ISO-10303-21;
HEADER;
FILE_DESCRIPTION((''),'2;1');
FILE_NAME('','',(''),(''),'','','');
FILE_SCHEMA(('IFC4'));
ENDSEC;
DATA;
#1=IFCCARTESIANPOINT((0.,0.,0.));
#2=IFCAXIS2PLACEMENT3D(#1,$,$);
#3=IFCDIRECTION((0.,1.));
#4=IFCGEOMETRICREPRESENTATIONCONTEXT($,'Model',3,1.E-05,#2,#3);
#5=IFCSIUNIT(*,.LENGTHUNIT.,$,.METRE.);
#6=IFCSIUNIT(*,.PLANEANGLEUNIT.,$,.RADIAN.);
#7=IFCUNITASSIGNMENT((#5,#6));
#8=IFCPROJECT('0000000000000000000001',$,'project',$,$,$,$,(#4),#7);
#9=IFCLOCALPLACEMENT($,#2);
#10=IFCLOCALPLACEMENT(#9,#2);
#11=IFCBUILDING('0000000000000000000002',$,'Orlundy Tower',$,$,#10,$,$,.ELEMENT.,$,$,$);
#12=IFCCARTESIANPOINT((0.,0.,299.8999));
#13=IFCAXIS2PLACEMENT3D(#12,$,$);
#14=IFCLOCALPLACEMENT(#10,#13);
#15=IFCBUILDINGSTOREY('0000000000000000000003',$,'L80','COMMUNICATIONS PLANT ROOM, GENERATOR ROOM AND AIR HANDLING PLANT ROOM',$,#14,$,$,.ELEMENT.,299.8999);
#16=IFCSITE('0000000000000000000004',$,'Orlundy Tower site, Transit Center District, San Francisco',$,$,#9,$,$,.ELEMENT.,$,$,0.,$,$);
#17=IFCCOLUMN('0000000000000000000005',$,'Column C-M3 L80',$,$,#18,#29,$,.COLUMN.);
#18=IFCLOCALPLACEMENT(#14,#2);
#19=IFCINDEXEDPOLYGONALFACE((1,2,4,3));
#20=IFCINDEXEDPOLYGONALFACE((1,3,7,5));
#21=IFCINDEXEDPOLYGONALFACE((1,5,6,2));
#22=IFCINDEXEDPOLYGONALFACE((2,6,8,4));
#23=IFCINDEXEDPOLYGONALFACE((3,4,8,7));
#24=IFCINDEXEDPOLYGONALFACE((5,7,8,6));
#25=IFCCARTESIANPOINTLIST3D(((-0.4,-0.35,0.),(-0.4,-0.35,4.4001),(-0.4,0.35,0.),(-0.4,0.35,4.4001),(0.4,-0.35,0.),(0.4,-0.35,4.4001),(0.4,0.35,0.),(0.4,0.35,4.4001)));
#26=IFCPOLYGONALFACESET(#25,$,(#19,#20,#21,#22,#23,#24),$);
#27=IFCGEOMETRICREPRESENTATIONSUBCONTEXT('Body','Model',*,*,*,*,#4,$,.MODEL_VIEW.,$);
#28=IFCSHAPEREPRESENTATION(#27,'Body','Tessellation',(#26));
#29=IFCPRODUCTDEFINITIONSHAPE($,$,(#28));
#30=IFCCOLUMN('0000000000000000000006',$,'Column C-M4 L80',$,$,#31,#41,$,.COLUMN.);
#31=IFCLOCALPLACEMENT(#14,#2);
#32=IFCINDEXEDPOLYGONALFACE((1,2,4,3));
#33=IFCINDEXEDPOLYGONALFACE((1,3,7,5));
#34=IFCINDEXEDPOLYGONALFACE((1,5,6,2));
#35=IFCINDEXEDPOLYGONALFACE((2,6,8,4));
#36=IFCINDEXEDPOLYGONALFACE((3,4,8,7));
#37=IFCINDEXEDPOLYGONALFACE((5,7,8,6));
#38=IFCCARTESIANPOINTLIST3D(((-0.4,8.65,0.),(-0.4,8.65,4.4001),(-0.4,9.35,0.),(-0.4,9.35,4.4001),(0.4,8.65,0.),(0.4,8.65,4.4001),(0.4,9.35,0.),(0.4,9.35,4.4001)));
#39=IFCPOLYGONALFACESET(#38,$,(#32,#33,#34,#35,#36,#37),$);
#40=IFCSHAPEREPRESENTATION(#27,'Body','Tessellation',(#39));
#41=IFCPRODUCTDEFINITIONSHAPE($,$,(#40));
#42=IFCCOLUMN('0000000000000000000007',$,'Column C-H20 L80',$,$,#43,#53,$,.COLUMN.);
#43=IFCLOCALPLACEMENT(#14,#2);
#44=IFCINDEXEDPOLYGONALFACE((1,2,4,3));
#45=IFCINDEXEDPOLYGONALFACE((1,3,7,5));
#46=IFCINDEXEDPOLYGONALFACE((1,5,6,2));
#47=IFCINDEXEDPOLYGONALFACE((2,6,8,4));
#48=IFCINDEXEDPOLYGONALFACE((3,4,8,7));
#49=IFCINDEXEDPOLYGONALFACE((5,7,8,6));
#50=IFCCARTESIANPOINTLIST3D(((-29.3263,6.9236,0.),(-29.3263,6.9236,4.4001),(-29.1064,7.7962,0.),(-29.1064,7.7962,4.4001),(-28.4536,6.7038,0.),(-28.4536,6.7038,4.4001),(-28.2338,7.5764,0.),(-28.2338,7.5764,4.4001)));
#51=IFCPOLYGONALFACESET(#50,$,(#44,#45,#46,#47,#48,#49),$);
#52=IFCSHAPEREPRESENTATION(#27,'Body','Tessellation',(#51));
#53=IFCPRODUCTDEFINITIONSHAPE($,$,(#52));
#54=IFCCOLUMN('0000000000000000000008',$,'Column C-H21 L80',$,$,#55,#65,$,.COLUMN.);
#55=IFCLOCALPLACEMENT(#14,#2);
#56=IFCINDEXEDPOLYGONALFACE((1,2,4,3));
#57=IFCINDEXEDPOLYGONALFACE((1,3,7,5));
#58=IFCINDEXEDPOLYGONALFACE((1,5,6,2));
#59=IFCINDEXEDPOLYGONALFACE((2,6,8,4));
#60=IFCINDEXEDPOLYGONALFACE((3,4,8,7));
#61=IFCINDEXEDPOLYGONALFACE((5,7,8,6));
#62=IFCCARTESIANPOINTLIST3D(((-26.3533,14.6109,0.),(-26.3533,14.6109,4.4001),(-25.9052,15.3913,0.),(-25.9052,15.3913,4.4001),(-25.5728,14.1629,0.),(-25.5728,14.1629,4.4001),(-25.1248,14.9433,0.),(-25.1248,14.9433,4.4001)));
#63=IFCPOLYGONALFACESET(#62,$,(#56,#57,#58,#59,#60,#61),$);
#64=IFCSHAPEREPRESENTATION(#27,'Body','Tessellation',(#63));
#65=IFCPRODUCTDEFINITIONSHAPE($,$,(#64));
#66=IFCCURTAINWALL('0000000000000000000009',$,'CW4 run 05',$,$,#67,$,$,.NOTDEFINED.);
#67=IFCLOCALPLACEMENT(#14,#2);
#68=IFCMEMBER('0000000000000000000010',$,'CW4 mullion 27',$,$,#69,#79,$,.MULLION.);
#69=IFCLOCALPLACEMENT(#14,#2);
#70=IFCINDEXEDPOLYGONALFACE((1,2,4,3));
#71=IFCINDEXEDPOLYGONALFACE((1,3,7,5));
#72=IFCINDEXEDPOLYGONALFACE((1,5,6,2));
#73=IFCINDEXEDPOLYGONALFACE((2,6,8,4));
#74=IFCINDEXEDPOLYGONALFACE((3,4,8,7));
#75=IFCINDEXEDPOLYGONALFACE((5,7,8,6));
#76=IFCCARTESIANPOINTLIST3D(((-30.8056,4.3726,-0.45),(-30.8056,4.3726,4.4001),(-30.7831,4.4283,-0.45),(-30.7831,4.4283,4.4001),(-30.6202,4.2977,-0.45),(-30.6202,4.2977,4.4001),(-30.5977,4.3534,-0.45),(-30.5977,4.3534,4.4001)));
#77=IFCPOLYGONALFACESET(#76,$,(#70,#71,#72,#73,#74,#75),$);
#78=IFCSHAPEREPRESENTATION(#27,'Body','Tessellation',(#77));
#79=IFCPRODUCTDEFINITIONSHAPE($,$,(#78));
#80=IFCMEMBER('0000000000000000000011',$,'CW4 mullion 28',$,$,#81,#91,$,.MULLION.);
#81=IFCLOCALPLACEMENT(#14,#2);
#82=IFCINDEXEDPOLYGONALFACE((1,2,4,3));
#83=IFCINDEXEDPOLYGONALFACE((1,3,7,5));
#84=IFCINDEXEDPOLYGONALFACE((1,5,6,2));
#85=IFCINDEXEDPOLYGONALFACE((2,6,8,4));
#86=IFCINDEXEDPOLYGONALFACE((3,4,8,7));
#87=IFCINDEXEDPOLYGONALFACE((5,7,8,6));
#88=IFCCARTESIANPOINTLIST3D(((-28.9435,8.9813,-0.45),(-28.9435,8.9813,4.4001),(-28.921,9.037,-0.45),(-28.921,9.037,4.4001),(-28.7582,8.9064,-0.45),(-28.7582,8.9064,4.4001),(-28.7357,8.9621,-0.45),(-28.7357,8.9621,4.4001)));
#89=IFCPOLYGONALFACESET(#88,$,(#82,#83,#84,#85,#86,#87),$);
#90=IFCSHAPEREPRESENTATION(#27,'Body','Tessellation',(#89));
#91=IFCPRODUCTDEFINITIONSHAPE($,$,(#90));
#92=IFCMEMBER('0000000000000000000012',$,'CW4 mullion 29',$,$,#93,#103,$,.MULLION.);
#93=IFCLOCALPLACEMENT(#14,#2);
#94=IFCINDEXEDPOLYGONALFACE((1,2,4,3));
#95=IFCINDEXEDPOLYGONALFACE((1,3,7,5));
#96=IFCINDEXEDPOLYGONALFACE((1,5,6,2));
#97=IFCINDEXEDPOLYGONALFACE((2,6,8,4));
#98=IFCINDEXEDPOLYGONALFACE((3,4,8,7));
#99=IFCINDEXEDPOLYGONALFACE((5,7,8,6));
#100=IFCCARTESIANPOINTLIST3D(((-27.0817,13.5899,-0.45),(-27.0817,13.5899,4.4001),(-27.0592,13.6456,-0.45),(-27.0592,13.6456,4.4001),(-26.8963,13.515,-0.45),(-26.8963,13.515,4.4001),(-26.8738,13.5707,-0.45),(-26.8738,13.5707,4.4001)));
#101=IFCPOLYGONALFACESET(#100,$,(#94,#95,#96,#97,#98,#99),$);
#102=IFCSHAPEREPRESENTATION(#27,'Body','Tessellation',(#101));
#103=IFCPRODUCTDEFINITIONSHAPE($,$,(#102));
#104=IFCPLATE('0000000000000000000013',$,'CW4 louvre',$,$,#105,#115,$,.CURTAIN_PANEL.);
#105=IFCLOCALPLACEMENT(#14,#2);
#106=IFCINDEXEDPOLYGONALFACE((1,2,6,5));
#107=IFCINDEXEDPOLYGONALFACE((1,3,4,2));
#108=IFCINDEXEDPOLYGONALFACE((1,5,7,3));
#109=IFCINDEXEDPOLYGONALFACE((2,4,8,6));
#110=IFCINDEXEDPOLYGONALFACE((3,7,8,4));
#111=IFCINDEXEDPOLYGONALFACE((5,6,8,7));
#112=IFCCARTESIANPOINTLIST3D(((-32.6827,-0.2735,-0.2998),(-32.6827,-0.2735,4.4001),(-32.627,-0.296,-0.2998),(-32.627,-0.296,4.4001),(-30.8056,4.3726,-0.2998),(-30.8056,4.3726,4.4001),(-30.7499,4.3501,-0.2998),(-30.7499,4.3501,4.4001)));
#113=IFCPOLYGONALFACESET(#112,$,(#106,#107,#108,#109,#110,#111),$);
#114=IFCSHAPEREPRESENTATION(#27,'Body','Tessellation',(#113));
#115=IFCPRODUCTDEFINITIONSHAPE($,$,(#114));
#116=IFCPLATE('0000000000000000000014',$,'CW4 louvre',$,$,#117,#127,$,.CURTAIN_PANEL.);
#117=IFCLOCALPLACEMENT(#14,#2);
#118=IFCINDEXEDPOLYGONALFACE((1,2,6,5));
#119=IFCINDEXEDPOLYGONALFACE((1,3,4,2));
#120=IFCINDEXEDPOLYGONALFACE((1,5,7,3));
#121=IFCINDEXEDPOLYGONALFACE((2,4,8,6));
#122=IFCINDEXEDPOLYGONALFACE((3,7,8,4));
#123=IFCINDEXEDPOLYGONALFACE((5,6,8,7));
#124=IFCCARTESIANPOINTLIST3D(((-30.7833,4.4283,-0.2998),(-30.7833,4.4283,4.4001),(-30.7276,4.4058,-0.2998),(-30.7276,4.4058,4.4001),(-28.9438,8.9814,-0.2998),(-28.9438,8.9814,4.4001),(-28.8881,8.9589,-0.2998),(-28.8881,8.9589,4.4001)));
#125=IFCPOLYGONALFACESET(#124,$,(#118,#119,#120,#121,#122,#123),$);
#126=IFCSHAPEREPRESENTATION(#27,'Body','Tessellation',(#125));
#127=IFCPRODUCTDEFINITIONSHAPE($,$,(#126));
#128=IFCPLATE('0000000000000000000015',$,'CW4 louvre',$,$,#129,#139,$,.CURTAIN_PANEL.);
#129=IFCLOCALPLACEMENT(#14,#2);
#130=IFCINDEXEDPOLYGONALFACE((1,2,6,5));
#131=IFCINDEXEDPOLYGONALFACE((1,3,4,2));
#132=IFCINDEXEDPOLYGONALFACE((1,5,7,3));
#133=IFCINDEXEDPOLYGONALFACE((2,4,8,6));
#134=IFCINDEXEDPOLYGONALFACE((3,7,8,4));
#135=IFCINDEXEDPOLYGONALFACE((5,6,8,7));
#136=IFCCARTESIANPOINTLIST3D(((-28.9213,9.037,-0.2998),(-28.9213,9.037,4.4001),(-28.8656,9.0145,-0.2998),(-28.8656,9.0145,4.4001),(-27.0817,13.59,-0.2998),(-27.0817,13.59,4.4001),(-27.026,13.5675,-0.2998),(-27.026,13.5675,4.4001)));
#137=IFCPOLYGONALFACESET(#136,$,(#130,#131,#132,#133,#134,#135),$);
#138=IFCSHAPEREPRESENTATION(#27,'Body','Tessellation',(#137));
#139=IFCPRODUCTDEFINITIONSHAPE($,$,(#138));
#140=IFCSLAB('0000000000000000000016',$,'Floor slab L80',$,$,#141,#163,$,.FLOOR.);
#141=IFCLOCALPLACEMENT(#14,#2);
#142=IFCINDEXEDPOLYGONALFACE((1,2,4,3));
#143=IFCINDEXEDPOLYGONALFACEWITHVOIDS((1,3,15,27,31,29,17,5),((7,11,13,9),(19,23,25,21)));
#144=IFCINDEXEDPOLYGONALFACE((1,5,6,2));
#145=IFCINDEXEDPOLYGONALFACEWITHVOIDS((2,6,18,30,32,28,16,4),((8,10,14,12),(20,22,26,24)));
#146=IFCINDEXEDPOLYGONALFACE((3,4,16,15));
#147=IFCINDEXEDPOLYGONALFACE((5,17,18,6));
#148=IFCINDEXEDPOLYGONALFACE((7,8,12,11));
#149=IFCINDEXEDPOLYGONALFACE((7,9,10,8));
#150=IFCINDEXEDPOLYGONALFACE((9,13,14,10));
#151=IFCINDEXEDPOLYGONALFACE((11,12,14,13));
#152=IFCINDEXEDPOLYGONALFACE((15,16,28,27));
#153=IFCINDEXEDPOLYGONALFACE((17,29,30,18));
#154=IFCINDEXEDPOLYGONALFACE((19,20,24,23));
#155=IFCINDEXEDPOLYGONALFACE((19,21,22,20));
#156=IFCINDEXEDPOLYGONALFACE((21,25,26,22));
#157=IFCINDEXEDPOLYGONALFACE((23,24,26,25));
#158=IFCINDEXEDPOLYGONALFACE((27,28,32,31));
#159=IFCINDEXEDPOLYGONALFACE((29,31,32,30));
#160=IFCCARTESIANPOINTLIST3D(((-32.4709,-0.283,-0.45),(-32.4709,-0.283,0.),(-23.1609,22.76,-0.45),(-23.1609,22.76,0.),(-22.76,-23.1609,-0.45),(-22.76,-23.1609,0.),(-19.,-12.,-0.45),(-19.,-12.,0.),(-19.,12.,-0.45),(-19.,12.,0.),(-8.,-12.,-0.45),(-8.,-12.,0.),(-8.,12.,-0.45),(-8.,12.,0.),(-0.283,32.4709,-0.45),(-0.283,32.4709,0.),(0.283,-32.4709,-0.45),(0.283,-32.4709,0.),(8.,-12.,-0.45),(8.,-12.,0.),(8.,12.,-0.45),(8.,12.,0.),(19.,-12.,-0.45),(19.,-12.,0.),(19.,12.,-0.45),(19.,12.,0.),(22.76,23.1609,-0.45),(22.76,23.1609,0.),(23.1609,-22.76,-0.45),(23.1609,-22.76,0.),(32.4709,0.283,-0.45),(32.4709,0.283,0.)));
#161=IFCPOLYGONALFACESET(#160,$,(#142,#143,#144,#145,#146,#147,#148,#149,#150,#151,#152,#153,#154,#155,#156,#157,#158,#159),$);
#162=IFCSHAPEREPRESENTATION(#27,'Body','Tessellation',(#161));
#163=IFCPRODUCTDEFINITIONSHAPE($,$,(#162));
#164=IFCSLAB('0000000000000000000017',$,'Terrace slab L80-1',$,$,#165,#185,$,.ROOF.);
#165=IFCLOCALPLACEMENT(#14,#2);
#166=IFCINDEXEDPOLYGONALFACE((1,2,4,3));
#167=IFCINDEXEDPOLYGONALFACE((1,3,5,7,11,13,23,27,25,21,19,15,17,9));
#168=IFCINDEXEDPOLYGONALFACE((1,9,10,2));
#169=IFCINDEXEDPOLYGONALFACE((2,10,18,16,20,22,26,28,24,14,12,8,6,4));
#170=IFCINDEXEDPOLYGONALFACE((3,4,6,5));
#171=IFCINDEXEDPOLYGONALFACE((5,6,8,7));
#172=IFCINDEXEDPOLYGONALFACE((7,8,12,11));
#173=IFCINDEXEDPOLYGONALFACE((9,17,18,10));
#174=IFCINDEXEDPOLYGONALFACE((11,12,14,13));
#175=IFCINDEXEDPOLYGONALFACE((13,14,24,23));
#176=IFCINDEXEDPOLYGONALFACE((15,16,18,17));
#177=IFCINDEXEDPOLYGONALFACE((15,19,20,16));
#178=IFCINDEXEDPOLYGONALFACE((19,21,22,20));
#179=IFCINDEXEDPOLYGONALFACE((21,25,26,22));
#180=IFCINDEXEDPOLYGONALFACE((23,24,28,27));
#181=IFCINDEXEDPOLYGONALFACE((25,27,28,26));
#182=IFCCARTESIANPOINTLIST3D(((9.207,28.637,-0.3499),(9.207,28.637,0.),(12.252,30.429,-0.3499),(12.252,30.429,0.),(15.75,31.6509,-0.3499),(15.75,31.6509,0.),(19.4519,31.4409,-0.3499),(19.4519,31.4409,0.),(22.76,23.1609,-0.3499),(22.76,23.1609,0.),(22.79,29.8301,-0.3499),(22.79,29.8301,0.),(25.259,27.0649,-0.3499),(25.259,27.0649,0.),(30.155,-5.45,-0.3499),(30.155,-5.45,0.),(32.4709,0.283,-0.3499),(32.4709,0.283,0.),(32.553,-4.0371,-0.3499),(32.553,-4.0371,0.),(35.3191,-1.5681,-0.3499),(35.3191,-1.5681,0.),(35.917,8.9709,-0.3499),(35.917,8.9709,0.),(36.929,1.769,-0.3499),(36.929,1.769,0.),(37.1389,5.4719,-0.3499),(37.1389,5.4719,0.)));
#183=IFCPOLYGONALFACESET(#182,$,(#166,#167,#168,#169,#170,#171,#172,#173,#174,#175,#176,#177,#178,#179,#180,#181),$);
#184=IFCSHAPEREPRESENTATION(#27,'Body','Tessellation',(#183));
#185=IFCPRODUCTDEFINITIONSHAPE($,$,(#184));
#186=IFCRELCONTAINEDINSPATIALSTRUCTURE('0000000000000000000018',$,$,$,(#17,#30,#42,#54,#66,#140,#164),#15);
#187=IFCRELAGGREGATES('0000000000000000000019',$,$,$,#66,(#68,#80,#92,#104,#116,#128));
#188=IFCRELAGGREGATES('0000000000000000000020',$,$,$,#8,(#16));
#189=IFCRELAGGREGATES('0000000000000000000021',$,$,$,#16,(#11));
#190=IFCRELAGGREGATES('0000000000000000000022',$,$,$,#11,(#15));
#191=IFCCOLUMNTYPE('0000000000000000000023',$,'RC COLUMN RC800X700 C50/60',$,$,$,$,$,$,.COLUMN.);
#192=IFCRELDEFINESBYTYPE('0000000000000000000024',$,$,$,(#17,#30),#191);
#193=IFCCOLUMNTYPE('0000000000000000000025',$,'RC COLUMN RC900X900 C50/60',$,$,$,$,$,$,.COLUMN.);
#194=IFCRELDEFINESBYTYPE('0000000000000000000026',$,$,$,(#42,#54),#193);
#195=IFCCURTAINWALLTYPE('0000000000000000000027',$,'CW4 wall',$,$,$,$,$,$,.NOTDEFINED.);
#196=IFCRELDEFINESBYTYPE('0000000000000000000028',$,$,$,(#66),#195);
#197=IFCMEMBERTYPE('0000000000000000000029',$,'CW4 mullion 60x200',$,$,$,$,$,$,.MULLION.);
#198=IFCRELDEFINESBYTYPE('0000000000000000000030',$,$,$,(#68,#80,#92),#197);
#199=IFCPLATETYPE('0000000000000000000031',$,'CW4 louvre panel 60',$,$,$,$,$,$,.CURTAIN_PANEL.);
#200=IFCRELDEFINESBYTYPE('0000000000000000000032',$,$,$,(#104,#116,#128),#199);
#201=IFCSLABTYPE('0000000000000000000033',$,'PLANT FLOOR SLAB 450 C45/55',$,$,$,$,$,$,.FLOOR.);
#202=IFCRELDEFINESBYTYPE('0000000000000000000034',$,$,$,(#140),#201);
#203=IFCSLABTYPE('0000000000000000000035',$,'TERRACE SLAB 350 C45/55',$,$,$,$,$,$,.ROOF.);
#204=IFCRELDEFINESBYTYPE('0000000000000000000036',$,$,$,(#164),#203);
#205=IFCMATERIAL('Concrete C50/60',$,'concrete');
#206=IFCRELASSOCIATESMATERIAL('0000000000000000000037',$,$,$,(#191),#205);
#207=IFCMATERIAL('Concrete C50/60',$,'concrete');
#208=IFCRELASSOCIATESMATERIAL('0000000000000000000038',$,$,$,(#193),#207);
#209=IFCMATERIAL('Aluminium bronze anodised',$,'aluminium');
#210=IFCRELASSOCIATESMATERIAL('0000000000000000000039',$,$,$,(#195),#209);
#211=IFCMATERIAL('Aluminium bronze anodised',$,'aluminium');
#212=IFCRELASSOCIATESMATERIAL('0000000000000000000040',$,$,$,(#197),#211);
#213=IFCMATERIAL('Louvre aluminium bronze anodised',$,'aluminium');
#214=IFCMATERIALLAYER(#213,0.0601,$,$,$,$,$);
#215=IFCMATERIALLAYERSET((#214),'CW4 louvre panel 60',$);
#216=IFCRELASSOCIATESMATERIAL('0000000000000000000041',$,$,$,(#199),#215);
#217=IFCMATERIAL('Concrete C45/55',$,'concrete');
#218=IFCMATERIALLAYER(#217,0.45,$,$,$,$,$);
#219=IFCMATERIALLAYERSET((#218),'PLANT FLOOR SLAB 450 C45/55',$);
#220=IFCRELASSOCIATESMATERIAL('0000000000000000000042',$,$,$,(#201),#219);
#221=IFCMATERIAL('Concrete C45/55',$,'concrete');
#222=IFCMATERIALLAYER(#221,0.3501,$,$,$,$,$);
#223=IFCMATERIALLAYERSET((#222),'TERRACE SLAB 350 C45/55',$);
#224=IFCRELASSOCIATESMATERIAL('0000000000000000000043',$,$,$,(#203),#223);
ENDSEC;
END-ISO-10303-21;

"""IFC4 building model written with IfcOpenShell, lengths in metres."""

from ifc_helpers import new_model, si_unit, direction, frame, origin, origin_2d, place, context, subcontext, project, spatial, polyline, rectangle, outline, extrude, material, layer, layer_set, material_profile, profile_set, type_object, element, aggregate, save


model = new_model("IFC4")

# Units and contexts
model_context = context("Model", 3, precision=1e-05, world=origin(), true_north=direction((0.0, 1.0)))
body_context = subcontext(model_context, "Body", "Model", "MODEL_VIEW")
ifc_project = project(units=[si_unit("LENGTHUNIT", "METRE"), si_unit("PLANEANGLEUNIT", "RADIAN")], contexts=[model_context])

# Site, building, storey
site_placement = place(None, origin())
site = spatial("IfcSite", under=ifc_project, at=site_placement, Name="Orlundy Tower site, Transit Center District, San Francisco", CompositionType="ELEMENT", RefElevation=0.0)
building_placement = place(site_placement, origin())
building = spatial("IfcBuilding", under=site, at=building_placement, Name="Orlundy Tower", CompositionType="ELEMENT")
storey_placement = place(building_placement, frame((0.0, 0.0, 299.8999)))
storey = spatial("IfcBuildingStorey", under=building, at=storey_placement, Name="L80", Description="COMMUNICATIONS PLANT ROOM, GENERATOR ROOM AND AIR HANDLING PLANT ROOM", CompositionType="ELEMENT", Elevation=299.8999)

# Columns
ifc_material_1 = material(Name="Concrete C50/60", Category="concrete")
ifc_material_profile_1 = material_profile(ifc_material_1, rectangle(XDim=0.8, YDim=0.7, at=origin_2d()), Name="RC800X700")
ifc_profile_set_1 = profile_set([ifc_material_profile_1], Name="Concrete C50/60")
column_type_1 = type_object("IfcColumnType", Name="RC COLUMN RC800X700 C50/60", PredefinedType="COLUMN", material=ifc_profile_set_1)
for number, where, z_axis, x_axis, name in (
    (1, (0.0, 0.0, 0.0), (0.0, 0.0, 1.0), (1.0, 0.0, 0.0), "Column C-M3 L80"),
    (2, (0.0, 9.0, 0.0), (0.0, 0.0, 1.0), (1.0, 0.0, 0.0), "Column C-M4 L80"),
):
    element("IfcColumn", number, at=place(storey_placement, frame(where, z_axis=z_axis, x_axis=x_axis)), inside=storey, type_object=column_type_1, Name=name, PredefinedType="COLUMN", context=body_context, shape_type="SweptSolid", body=[
        extrude(rectangle(XDim=0.8, YDim=0.7, at=origin_2d()), origin(), (0.0, 0.0, 1.0), 4.4001),
    ])
ifc_material_2 = material(Name="Concrete C50/60", Category="concrete")
ifc_material_profile_2 = material_profile(ifc_material_2, rectangle(XDim=0.8999, YDim=0.8999, at=origin_2d()), Name="RC900X900")
ifc_profile_set_2 = profile_set([ifc_material_profile_2], Name="Concrete C50/60")
column_type_2 = type_object("IfcColumnType", Name="RC COLUMN RC900X900 C50/60", PredefinedType="COLUMN", material=ifc_profile_set_2)
for number, where, z_axis, x_axis, name in (
    (3, (-28.78, 7.25, 0.0), (0.0, 0.0, 1.0), (-0.969706, 0.244275, 0.0), "Column C-H20 L80"),
    (4, (-25.739, 14.7771, 0.0), (0.0, 0.0, 1.0), (-0.867236, 0.497898, 0.0), "Column C-H21 L80"),
):
    element("IfcColumn", number, at=place(storey_placement, frame(where, z_axis=z_axis, x_axis=x_axis)), inside=storey, type_object=column_type_2, Name=name, PredefinedType="COLUMN", context=body_context, shape_type="SweptSolid", body=[
        extrude(rectangle(XDim=0.8999, YDim=0.8999, at=origin_2d()), origin(), (0.0, 0.0, 1.0), 4.4001),
    ])

# Curtain wall, members, plates
ifc_material_3 = material(Name="Aluminium bronze anodised", Category="aluminium")
curtain_wall_type = type_object("IfcCurtainWallType", Name="CW4 wall", PredefinedType="NOTDEFINED", material=ifc_material_3)
curtain_wall_placement = place(storey_placement, origin())
curtain_wall = element("IfcCurtainWall", 5, at=curtain_wall_placement, inside=storey, type_object=curtain_wall_type, Name="CW4 run 05", PredefinedType="NOTDEFINED")
ifc_material_4 = material(Name="Aluminium bronze anodised", Category="aluminium")
ifc_material_profile_3 = material_profile(ifc_material_4, rectangle(XDim=0.2, YDim=0.0601, at=origin_2d()), Name="CW4 mullion 60x200")
ifc_profile_set_3 = profile_set([ifc_material_profile_3], Name="Aluminium bronze anodised")
member_type = type_object("IfcMemberType", Name="CW4 mullion 60x200", PredefinedType="MULLION", material=ifc_profile_set_3)
member_1_placement = place(storey_placement, frame((-30.7017, 4.363, -0.45), z_axis=(0.0, 0.0, 1.0), x_axis=(-0.927184, 0.374607, 0.0)))
member_1 = element("IfcMember", 6, at=member_1_placement, type_object=member_type, Name="CW4 mullion 27", PredefinedType="MULLION", context=body_context, shape_type="SweptSolid", body=[
    extrude(rectangle(XDim=0.2, YDim=0.0601, at=origin_2d()), origin(), (0.0, 0.0, 1.0), 4.8501),
])
member_2_placement = place(storey_placement, frame((-28.8396, 8.9717, -0.45), z_axis=(0.0, 0.0, 1.0), x_axis=(-0.927184, 0.374607, 0.0)))
member_2 = element("IfcMember", 7, at=member_2_placement, type_object=member_type, Name="CW4 mullion 28", PredefinedType="MULLION", context=body_context, shape_type="SweptSolid", body=[
    extrude(rectangle(XDim=0.2, YDim=0.0601, at=origin_2d()), origin(), (0.0, 0.0, 1.0), 4.8501),
])
member_3_placement = place(storey_placement, frame((-26.9778, 13.5803, -0.45), z_axis=(0.0, 0.0, 1.0), x_axis=(-0.927184, 0.374607, 0.0)))
member_3 = element("IfcMember", 8, at=member_3_placement, type_object=member_type, Name="CW4 mullion 29", PredefinedType="MULLION", context=body_context, shape_type="SweptSolid", body=[
    extrude(rectangle(XDim=0.2, YDim=0.0601, at=origin_2d()), origin(), (0.0, 0.0, 1.0), 4.8501),
])
ifc_material_5 = material(Name="Louvre aluminium bronze anodised", Category="aluminium")
ifc_layer_1 = layer(ifc_material_5, 0.0601)
ifc_layer_set_1 = layer_set([ifc_layer_1], Name="CW4 louvre panel 60")
plate_type = type_object("IfcPlateType", Name="CW4 louvre panel 60", PredefinedType="CURTAIN_PANEL", material=ifc_layer_set_1)
plate_1_placement = place(storey_placement, frame((-31.7163, 2.0383, -0.2998), z_axis=(0.0, 0.0, 1.0), x_axis=(0.374607, 0.927184, 0.0)))
plate_1 = element("IfcPlate", 9, at=plate_1_placement, type_object=plate_type, Name="CW4 louvre", PredefinedType="CURTAIN_PANEL", context=body_context, shape_type="SweptSolid", body=[
    extrude(rectangle(XDim=5.011, YDim=0.0601, at=origin_2d()), origin(), (0.0, 0.0, 1.0), 4.7),
])
plate_2_placement = place(storey_placement, frame((-29.8357, 6.6936, -0.2998), z_axis=(0.0, 0.0, 1.0), x_axis=(0.374607, 0.927184, 0.0)))
plate_2 = element("IfcPlate", 10, at=plate_2_placement, type_object=plate_type, Name="CW4 louvre", PredefinedType="CURTAIN_PANEL", context=body_context, shape_type="SweptSolid", body=[
    extrude(rectangle(XDim=4.9106, YDim=0.0601, at=origin_2d()), origin(), (0.0, 0.0, 1.0), 4.7),
])
plate_3_placement = place(storey_placement, frame((-27.9736, 11.3022, -0.2998), z_axis=(0.0, 0.0, 1.0), x_axis=(0.374607, 0.927184, 0.0)))
plate_3 = element("IfcPlate", 11, at=plate_3_placement, type_object=plate_type, Name="CW4 louvre", PredefinedType="CURTAIN_PANEL", context=body_context, shape_type="SweptSolid", body=[
    extrude(rectangle(XDim=4.9106, YDim=0.0601, at=origin_2d()), origin(), (0.0, 0.0, 1.0), 4.7),
])
aggregate(curtain_wall, [member_1, member_2, member_3, plate_1, plate_2, plate_3])

# Slabs
ifc_material_6 = material(Name="Concrete C45/55", Category="concrete")
ifc_layer_2 = layer(ifc_material_6, 0.45)
ifc_layer_set_2 = layer_set([ifc_layer_2], Name="PLANT FLOOR SLAB 450 C45/55")
slab_type_1 = type_object("IfcSlabType", Name="PLANT FLOOR SLAB 450 C45/55", PredefinedType="FLOOR", material=ifc_layer_set_2)
slab_1_placement = place(storey_placement, frame((0.0, 0.0, -0.45)))
element("IfcSlab", 12, at=slab_1_placement, inside=storey, type_object=slab_type_1, Name="Floor slab L80", PredefinedType="FLOOR", context=body_context, shape_type="SweptSolid", body=[
    extrude(outline(polyline([(32.4709, 0.283), (23.1609, -22.76), (0.283, -32.4709), (-22.76, -23.1609), (-32.4709, -0.283), (-23.1609, 22.76), (-0.283, 32.4709), (22.76, 23.1609), (32.4709, 0.283)]), holes=[polyline([(-8.0, -12.0), (-8.0, 12.0), (-19.0, 12.0), (-19.0, -12.0), (-8.0, -12.0)]), polyline([(19.0, -12.0), (19.0, 12.0), (8.0, 12.0), (8.0, -12.0), (19.0, -12.0)])]), origin(), (0.0, 0.0, 1.0), 0.45),
])
ifc_material_7 = material(Name="Concrete C45/55", Category="concrete")
ifc_layer_3 = layer(ifc_material_7, 0.3501)
ifc_layer_set_3 = layer_set([ifc_layer_3], Name="TERRACE SLAB 350 C45/55")
slab_type_2 = type_object("IfcSlabType", Name="TERRACE SLAB 350 C45/55", PredefinedType="ROOF", material=ifc_layer_set_3)
slab_2_placement = place(storey_placement, frame((0.0, 0.0, -0.3499)))
element("IfcSlab", 13, at=slab_2_placement, inside=storey, type_object=slab_type_2, Name="Terrace slab L80-1", PredefinedType="ROOF", context=body_context, shape_type="SweptSolid", body=[
    extrude(outline(polyline([(30.155, -5.45), (32.4709, 0.283), (22.76, 23.1609), (9.207, 28.637), (12.252, 30.429), (15.75, 31.6509), (19.4519, 31.4409), (22.79, 29.8301), (25.259, 27.0649), (35.917, 8.9709), (37.1389, 5.4719), (36.929, 1.769), (35.3191, -1.5681), (32.553, -4.0371), (30.155, -5.45)])), origin(), (0.0, 0.0, 1.0), 0.3499),
])

save(model, "model.ifc")
